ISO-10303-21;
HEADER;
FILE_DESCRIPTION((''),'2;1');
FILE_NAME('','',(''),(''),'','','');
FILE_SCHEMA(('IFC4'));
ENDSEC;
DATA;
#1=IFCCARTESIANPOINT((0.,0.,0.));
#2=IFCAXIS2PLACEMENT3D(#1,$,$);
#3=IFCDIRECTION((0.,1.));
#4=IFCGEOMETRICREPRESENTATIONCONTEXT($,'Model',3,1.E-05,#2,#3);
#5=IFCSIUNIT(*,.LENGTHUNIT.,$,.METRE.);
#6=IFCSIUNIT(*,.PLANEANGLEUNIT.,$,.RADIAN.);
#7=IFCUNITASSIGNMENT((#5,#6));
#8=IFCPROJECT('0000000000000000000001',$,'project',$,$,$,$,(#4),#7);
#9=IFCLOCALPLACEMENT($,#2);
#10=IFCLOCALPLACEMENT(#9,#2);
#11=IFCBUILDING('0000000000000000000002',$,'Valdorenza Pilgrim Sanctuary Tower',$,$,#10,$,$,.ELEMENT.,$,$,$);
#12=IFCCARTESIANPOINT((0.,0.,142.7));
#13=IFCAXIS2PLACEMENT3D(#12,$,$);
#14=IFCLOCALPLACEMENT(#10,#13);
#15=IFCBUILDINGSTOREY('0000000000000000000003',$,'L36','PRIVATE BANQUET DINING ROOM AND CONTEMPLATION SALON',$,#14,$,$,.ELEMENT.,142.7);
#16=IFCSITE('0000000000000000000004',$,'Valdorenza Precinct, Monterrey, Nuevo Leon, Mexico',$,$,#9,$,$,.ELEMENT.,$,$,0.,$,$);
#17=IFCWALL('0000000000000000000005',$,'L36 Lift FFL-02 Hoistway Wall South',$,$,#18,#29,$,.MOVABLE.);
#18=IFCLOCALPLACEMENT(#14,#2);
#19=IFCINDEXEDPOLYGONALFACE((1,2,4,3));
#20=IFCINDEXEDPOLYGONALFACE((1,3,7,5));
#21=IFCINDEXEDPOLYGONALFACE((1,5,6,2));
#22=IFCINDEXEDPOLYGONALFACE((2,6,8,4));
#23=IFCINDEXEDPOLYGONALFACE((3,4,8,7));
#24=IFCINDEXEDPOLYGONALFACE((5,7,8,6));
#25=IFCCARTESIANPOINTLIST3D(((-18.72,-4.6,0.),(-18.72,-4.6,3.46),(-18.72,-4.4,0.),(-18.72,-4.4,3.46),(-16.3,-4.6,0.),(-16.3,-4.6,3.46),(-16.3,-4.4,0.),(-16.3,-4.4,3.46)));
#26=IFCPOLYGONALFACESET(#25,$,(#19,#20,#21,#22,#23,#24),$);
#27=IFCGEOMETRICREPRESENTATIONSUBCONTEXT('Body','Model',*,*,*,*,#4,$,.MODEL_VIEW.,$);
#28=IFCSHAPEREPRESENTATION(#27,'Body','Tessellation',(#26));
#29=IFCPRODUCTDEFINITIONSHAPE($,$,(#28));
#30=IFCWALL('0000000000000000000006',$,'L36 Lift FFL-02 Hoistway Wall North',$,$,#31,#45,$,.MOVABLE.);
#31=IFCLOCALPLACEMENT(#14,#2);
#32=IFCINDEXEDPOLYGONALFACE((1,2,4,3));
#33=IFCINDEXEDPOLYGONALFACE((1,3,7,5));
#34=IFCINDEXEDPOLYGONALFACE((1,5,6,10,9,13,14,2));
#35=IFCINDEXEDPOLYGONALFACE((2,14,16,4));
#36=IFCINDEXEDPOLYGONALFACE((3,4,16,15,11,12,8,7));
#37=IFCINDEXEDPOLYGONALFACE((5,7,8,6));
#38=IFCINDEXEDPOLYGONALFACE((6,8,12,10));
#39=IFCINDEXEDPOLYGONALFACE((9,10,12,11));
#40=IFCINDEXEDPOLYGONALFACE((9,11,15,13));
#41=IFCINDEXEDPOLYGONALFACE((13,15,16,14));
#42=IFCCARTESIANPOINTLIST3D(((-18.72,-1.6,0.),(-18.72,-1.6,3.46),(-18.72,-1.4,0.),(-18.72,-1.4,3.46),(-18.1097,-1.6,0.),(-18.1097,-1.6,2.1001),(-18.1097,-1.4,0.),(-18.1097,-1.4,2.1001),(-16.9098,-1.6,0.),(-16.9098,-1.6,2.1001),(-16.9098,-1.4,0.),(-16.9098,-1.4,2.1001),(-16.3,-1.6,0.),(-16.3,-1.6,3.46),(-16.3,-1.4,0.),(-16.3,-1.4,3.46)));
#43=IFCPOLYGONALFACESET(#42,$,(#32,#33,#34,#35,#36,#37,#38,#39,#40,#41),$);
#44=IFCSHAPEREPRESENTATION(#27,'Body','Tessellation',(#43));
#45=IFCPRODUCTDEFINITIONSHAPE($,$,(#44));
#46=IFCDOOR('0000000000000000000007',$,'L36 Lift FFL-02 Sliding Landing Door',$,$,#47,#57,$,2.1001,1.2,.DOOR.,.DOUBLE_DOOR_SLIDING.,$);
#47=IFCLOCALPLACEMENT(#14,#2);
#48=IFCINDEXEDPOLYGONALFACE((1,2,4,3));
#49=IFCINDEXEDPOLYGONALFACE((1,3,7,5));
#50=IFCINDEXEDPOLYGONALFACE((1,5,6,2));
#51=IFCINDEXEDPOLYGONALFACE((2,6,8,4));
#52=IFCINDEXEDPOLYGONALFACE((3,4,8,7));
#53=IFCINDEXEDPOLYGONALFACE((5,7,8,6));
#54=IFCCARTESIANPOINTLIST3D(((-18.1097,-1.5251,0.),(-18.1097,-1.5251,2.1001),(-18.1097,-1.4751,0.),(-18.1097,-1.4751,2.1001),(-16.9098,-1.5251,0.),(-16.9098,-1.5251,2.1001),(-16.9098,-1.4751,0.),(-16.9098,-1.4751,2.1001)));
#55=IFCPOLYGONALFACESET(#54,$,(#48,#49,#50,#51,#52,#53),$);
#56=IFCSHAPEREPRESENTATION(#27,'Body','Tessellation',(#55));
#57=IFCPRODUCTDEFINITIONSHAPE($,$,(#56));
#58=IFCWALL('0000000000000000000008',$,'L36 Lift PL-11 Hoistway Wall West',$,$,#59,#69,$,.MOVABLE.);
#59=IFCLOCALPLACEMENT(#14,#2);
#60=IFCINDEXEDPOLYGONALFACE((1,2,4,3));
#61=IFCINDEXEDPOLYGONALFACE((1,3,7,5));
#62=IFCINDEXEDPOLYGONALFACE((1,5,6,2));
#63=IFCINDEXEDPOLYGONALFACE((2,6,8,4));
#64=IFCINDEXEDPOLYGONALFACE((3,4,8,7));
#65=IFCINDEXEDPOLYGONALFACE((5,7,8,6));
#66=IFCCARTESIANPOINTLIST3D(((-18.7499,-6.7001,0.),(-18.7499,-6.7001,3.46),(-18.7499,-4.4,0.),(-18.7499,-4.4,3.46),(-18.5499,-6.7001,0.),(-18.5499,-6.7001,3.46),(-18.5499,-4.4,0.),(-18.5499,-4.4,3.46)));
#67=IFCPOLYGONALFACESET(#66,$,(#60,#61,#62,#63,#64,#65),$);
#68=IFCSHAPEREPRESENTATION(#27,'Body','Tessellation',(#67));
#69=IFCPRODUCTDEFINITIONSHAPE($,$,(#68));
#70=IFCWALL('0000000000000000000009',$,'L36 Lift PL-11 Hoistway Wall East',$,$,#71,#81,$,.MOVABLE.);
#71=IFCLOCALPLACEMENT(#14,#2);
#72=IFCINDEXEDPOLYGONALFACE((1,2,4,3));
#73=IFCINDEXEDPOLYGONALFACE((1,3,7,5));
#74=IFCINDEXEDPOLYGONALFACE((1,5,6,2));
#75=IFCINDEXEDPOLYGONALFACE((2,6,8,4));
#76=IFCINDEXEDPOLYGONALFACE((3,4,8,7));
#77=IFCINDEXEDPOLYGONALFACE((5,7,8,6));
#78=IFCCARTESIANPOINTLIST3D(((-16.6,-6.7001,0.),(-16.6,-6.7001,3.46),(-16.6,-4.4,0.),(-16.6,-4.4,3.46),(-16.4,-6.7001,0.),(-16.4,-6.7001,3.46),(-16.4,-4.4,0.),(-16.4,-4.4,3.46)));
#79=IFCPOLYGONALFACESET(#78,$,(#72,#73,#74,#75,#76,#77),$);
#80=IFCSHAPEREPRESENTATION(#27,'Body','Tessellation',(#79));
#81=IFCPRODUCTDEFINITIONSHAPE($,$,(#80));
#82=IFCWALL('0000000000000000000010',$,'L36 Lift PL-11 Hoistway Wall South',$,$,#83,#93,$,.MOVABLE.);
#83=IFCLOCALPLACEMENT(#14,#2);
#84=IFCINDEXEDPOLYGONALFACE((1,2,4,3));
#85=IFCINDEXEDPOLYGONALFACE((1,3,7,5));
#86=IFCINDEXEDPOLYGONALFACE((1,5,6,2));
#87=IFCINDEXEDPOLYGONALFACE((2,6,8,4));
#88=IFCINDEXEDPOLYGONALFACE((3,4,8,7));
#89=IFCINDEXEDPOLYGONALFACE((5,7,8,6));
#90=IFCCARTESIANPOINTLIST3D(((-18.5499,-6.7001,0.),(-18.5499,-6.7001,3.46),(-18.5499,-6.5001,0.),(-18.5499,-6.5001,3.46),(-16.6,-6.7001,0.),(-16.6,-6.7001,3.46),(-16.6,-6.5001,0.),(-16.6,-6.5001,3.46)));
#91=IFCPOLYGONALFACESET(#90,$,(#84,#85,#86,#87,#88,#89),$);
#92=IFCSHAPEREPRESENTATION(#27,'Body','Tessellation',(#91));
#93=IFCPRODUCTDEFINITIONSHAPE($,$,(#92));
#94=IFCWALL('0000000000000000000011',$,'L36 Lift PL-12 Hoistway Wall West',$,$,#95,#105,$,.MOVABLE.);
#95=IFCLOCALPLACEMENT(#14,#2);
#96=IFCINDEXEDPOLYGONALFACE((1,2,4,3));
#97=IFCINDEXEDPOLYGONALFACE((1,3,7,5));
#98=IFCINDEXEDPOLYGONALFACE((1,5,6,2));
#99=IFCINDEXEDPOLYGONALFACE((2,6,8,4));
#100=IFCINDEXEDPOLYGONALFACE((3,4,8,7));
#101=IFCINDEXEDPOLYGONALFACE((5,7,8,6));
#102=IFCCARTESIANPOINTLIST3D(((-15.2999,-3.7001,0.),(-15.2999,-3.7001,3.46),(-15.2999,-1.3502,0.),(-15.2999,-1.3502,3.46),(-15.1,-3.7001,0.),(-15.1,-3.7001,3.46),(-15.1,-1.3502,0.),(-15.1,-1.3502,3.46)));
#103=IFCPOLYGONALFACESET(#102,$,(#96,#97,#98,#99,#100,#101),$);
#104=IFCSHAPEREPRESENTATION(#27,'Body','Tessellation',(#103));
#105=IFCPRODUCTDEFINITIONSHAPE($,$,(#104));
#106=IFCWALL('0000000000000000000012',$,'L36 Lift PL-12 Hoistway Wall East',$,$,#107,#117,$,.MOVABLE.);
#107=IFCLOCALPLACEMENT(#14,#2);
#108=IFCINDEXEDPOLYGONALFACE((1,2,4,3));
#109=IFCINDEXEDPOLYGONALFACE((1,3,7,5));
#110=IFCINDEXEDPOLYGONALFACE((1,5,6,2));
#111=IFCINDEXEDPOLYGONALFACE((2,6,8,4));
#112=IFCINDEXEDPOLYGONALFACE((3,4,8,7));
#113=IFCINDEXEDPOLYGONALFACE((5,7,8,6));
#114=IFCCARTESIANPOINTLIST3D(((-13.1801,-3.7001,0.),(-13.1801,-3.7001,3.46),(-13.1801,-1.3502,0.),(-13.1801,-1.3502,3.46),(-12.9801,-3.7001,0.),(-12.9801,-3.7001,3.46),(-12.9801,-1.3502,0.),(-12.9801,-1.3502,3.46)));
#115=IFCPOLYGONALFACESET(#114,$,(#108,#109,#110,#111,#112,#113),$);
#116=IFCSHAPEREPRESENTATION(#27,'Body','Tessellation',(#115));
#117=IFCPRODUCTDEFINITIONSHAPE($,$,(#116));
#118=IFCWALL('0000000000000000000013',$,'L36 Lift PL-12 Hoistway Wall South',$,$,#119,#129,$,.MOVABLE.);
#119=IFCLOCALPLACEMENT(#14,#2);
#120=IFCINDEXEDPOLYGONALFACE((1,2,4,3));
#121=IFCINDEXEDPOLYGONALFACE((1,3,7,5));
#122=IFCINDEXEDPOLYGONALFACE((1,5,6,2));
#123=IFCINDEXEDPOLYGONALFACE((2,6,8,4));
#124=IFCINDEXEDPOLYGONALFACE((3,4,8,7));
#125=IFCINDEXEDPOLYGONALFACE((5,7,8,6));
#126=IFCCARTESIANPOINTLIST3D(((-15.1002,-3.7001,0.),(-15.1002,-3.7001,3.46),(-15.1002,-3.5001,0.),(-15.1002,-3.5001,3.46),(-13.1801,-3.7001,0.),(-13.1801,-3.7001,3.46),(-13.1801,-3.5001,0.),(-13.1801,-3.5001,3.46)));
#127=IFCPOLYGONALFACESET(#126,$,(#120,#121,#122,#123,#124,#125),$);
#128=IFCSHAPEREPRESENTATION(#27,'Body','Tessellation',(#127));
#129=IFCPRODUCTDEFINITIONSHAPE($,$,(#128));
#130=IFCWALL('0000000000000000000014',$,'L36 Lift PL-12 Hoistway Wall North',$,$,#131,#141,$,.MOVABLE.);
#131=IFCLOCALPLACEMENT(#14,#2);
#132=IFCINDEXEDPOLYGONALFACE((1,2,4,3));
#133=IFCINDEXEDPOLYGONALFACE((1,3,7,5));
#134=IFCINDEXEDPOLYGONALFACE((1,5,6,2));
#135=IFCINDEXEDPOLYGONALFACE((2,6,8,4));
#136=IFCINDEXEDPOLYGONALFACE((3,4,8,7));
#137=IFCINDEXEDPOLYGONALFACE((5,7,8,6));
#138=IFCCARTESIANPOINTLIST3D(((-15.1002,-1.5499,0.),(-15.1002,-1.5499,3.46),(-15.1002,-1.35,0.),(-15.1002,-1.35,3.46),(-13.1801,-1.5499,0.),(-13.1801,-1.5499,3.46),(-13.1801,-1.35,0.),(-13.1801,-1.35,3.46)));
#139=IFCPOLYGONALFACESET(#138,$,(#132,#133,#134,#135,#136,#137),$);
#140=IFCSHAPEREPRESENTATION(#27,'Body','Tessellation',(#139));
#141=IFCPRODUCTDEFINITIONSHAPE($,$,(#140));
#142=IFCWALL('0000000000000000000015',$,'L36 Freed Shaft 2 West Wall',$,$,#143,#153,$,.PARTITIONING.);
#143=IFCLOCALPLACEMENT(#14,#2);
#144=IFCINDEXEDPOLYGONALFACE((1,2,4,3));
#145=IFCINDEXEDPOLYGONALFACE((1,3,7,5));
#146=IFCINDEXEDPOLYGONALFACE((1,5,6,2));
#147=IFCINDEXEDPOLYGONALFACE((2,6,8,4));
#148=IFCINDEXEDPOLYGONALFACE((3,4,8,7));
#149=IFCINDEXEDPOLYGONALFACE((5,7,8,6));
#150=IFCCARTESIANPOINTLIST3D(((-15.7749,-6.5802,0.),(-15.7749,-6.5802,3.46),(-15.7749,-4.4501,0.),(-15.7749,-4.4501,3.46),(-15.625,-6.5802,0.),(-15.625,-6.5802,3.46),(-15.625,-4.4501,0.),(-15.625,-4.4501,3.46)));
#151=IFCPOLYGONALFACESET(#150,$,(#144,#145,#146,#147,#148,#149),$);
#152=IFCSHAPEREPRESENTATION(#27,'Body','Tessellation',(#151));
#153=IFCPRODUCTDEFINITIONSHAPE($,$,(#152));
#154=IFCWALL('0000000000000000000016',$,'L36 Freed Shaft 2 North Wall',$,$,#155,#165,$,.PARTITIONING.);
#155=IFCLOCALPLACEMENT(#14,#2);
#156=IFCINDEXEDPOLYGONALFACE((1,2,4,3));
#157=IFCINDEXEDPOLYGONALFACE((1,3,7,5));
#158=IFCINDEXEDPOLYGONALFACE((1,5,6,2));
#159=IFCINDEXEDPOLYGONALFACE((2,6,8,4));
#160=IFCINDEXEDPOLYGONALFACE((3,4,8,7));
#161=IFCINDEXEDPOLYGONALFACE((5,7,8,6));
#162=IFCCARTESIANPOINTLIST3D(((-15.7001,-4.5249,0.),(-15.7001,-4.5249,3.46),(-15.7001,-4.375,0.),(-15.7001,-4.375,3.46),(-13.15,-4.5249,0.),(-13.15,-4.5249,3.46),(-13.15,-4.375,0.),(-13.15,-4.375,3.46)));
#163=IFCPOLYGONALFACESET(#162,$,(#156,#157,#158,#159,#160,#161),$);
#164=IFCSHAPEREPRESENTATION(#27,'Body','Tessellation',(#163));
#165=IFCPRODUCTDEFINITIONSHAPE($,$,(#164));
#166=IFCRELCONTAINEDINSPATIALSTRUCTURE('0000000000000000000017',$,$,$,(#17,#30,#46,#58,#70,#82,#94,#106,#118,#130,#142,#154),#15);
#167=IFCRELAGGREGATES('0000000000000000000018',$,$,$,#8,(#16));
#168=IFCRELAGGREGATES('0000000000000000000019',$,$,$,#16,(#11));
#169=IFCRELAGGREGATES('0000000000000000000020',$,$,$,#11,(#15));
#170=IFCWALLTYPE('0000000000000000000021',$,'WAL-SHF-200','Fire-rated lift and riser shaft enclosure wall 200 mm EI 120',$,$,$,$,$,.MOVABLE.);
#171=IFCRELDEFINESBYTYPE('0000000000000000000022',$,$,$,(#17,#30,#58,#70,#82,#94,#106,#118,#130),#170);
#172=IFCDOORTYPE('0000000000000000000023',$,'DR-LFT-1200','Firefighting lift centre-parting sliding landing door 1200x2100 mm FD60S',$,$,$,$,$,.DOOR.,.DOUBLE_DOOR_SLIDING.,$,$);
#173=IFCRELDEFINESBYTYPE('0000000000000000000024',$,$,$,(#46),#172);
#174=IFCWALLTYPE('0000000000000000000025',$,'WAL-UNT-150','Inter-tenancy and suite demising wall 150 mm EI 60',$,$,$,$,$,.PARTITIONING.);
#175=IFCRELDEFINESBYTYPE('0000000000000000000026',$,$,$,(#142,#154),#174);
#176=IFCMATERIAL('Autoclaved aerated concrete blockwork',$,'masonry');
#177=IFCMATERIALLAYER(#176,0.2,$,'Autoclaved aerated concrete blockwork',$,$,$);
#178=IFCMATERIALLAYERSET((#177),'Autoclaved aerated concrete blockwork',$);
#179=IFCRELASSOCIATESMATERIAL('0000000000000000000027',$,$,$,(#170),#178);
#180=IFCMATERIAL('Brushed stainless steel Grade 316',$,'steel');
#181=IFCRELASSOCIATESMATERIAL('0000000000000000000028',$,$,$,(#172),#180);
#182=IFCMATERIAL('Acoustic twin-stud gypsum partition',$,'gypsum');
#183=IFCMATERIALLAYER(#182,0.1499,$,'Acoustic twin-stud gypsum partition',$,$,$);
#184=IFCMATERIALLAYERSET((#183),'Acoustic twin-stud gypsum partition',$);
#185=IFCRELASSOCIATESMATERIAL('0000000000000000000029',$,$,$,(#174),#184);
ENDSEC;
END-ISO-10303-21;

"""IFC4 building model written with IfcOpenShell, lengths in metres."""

from ifc_helpers import new_model, si_unit, direction, frame, frame_2d, origin, place, context, subcontext, project, spatial, rectangle, extrude, material, layer, layer_set, type_object, element, fill, save


model = new_model("IFC4")

# Units and contexts
model_context = context("Model", 3, precision=1e-05, world=origin(), true_north=direction((0.0, 1.0)))
body_context = subcontext(model_context, "Body", "Model", "MODEL_VIEW")
ifc_project = project(units=[si_unit("LENGTHUNIT", "METRE"), si_unit("PLANEANGLEUNIT", "RADIAN")], contexts=[model_context])

# Site, building, storey
site_placement = place(None, origin())
site = spatial("IfcSite", under=ifc_project, at=site_placement, Name="Valdorenza Precinct, Monterrey, Nuevo Leon, Mexico", CompositionType="ELEMENT", RefElevation=0.0)
building_placement = place(site_placement, origin())
building = spatial("IfcBuilding", under=site, at=building_placement, Name="Valdorenza Pilgrim Sanctuary Tower", CompositionType="ELEMENT")
storey_placement = place(building_placement, frame((0.0, 0.0, 142.7)))
storey = spatial("IfcBuildingStorey", under=building, at=storey_placement, Name="L36", Description="PRIVATE BANQUET DINING ROOM AND CONTEMPLATION SALON", CompositionType="ELEMENT", Elevation=142.7)

# Shared definitions
ifc_material_1 = material(Name="Acoustic twin-stud gypsum partition", Category="gypsum")

# Wall
ifc_material_2 = material(Name="Autoclaved aerated concrete blockwork", Category="masonry")
ifc_layer_1 = layer(ifc_material_2, 0.2, Name="Autoclaved aerated concrete blockwork")
ifc_layer_set_1 = layer_set([ifc_layer_1], Name="Autoclaved aerated concrete blockwork")
wall_type_1 = type_object("IfcWallType", Name="WAL-SHF-200", Description="Fire-rated lift and riser shaft enclosure wall 200 mm EI 120", PredefinedType="MOVABLE", material=ifc_layer_set_1)
wall_1_placement = place(storey_placement, frame((-18.72, -4.5, 0.0), z_axis=(0.0, 0.0, 1.0), x_axis=(1.0, 0.0, 0.0)))
element("IfcWall", 1, at=wall_1_placement, inside=storey, type_object=wall_type_1, Name="L36 Lift FFL-02 Hoistway Wall South", PredefinedType="MOVABLE", context=body_context, shape_type="SweptSolid", body=[
    extrude(rectangle(XDim=2.4199, YDim=0.2, at=frame_2d((1.21, 0.0))), origin(), (0.0, 0.0, 1.0), 3.46),
])

# Wall, opening, door
wall_2_placement = place(storey_placement, frame((-18.72, -1.5, 0.0), z_axis=(0.0, 0.0, 1.0), x_axis=(1.0, 0.0, 0.0)))
wall_2 = element("IfcWall", 2, at=wall_2_placement, inside=storey, type_object=wall_type_1, Name="L36 Lift FFL-02 Hoistway Wall North", PredefinedType="MOVABLE", context=body_context, shape_type="SweptSolid", body=[
    extrude(rectangle(XDim=2.4199, YDim=0.2, at=frame_2d((1.21, 0.0))), origin(), (0.0, 0.0, 1.0), 3.46),
])
opening_1_placement = place(wall_2_placement, frame((0.6101, 0.0, 0.0)))
opening_1 = element("IfcOpeningElement", 3, at=opening_1_placement, cuts=wall_2, PredefinedType="OPENING", context=body_context, shape_type="SweptSolid", body=[
    extrude(rectangle(XDim=1.2, YDim=2.1001, at=frame_2d((0.6001, 1.05))), frame((0.0, 0.1147, 0.0), z_axis=(0.0, -1.0, 0.0), x_axis=(1.0, 0.0, 0.0)), (0.0, 0.0, 1.0), 0.2297),
])
ifc_material_3 = material(Name="Brushed stainless steel Grade 316", Category="steel")
door_type_1 = type_object("IfcDoorType", Name="DR-LFT-1200", Description="Firefighting lift centre-parting sliding landing door 1200x2100 mm FD60S", OperationType="DOUBLE_DOOR_SLIDING", PredefinedType="DOOR", material=ifc_material_3)
door_1_placement = place(opening_1_placement, origin())
door_1 = element("IfcDoor", 4, at=door_1_placement, inside=storey, type_object=door_type_1, Name="L36 Lift FFL-02 Sliding Landing Door", OperationType="DOUBLE_DOOR_SLIDING", OverallHeight=2.1001, OverallWidth=1.2, PredefinedType="DOOR", context=body_context, shape_type="SweptSolid", body=[
    extrude(rectangle(XDim=1.2, YDim=2.1001, at=frame_2d((0.6001, 1.05))), frame((0.0, 0.0249, 0.0), z_axis=(0.0, -1.0, 0.0), x_axis=(1.0, 0.0, 0.0)), (0.0, 0.0, 1.0), 0.05),
])
fill(opening_1, door_1)

# Walls
for number, where, z_axis, x_axis, name in (
    (5, (-18.6499, -6.7, 0.0), (0.0, 0.0, 1.0), (0.0, 1.0, 0.0), "L36 Lift PL-11 Hoistway Wall West"),
    (6, (-16.5, -6.7, 0.0), (0.0, 0.0, 1.0), (0.0, 1.0, 0.0), "L36 Lift PL-11 Hoistway Wall East"),
):
    element("IfcWall", number, at=place(storey_placement, frame(where, z_axis=z_axis, x_axis=x_axis)), inside=storey, type_object=wall_type_1, Name=name, PredefinedType="MOVABLE", context=body_context, shape_type="SweptSolid", body=[
        extrude(rectangle(XDim=2.3, YDim=0.2, at=frame_2d((1.1499, 0.0))), origin(), (0.0, 0.0, 1.0), 3.46),
    ])
wall_3_placement = place(storey_placement, frame((-18.55, -6.6001, 0.0), z_axis=(0.0, 0.0, 1.0), x_axis=(1.0, 0.0, 0.0)))
element("IfcWall", 7, at=wall_3_placement, inside=storey, type_object=wall_type_1, Name="L36 Lift PL-11 Hoistway Wall South", PredefinedType="MOVABLE", context=body_context, shape_type="SweptSolid", body=[
    extrude(rectangle(XDim=1.95, YDim=0.2, at=frame_2d((0.9751, 0.0))), origin(), (0.0, 0.0, 1.0), 3.46),
])
for number, where, z_axis, x_axis, name in (
    (8, (-15.2, -3.7, 0.0), (0.0, 0.0, 1.0), (0.0, 1.0, 0.0), "L36 Lift PL-12 Hoistway Wall West"),
    (9, (-13.0801, -3.7, 0.0), (0.0, 0.0, 1.0), (0.0, 1.0, 0.0), "L36 Lift PL-12 Hoistway Wall East"),
):
    element("IfcWall", number, at=place(storey_placement, frame(where, z_axis=z_axis, x_axis=x_axis)), inside=storey, type_object=wall_type_1, Name=name, PredefinedType="MOVABLE", context=body_context, shape_type="SweptSolid", body=[
        extrude(rectangle(XDim=2.3499, YDim=0.2, at=frame_2d((1.1748, 0.0))), origin(), (0.0, 0.0, 1.0), 3.46),
    ])
for number, where, z_axis, x_axis, name in (
    (10, (-15.1001, -3.6001, 0.0), (0.0, 0.0, 1.0), (1.0, 0.0, 0.0), "L36 Lift PL-12 Hoistway Wall South"),
    (11, (-15.1001, -1.45, 0.0), (0.0, 0.0, 1.0), (1.0, 0.0, 0.0), "L36 Lift PL-12 Hoistway Wall North"),
):
    element("IfcWall", number, at=place(storey_placement, frame(where, z_axis=z_axis, x_axis=x_axis)), inside=storey, type_object=wall_type_1, Name=name, PredefinedType="MOVABLE", context=body_context, shape_type="SweptSolid", body=[
        extrude(rectangle(XDim=1.9202, YDim=0.2, at=frame_2d((0.96, 0.0))), origin(), (0.0, 0.0, 1.0), 3.46),
    ])

# Walls
ifc_layer_2 = layer(ifc_material_1, 0.1499, Name="Acoustic twin-stud gypsum partition")
ifc_layer_set_2 = layer_set([ifc_layer_2], Name="Acoustic twin-stud gypsum partition")
wall_type_2 = type_object("IfcWallType", Name="WAL-UNT-150", Description="Inter-tenancy and suite demising wall 150 mm EI 60", PredefinedType="PARTITIONING", material=ifc_layer_set_2)
wall_4_placement = place(storey_placement, frame((-15.7, -6.5801, 0.0), z_axis=(0.0, 0.0, 1.0), x_axis=(0.0, 1.0, 0.0)))
element("IfcWall", 12, at=wall_4_placement, inside=storey, type_object=wall_type_2, Name="L36 Freed Shaft 2 West Wall", PredefinedType="PARTITIONING", context=body_context, shape_type="SweptSolid", body=[
    extrude(rectangle(XDim=2.1301, YDim=0.1499, at=frame_2d((1.0649, 0.0))), origin(), (0.0, 0.0, 1.0), 3.46),
])
wall_5_placement = place(storey_placement, frame((-15.7, -4.45, 0.0), z_axis=(0.0, 0.0, 1.0), x_axis=(1.0, 0.0, 0.0)))
element("IfcWall", 13, at=wall_5_placement, inside=storey, type_object=wall_type_2, Name="L36 Freed Shaft 2 North Wall", PredefinedType="PARTITIONING", context=body_context, shape_type="SweptSolid", body=[
    extrude(rectangle(XDim=2.55, YDim=0.1499, at=frame_2d((1.2749, 0.0))), origin(), (0.0, 0.0, 1.0), 3.46),
])

save(model, "model.ifc")
